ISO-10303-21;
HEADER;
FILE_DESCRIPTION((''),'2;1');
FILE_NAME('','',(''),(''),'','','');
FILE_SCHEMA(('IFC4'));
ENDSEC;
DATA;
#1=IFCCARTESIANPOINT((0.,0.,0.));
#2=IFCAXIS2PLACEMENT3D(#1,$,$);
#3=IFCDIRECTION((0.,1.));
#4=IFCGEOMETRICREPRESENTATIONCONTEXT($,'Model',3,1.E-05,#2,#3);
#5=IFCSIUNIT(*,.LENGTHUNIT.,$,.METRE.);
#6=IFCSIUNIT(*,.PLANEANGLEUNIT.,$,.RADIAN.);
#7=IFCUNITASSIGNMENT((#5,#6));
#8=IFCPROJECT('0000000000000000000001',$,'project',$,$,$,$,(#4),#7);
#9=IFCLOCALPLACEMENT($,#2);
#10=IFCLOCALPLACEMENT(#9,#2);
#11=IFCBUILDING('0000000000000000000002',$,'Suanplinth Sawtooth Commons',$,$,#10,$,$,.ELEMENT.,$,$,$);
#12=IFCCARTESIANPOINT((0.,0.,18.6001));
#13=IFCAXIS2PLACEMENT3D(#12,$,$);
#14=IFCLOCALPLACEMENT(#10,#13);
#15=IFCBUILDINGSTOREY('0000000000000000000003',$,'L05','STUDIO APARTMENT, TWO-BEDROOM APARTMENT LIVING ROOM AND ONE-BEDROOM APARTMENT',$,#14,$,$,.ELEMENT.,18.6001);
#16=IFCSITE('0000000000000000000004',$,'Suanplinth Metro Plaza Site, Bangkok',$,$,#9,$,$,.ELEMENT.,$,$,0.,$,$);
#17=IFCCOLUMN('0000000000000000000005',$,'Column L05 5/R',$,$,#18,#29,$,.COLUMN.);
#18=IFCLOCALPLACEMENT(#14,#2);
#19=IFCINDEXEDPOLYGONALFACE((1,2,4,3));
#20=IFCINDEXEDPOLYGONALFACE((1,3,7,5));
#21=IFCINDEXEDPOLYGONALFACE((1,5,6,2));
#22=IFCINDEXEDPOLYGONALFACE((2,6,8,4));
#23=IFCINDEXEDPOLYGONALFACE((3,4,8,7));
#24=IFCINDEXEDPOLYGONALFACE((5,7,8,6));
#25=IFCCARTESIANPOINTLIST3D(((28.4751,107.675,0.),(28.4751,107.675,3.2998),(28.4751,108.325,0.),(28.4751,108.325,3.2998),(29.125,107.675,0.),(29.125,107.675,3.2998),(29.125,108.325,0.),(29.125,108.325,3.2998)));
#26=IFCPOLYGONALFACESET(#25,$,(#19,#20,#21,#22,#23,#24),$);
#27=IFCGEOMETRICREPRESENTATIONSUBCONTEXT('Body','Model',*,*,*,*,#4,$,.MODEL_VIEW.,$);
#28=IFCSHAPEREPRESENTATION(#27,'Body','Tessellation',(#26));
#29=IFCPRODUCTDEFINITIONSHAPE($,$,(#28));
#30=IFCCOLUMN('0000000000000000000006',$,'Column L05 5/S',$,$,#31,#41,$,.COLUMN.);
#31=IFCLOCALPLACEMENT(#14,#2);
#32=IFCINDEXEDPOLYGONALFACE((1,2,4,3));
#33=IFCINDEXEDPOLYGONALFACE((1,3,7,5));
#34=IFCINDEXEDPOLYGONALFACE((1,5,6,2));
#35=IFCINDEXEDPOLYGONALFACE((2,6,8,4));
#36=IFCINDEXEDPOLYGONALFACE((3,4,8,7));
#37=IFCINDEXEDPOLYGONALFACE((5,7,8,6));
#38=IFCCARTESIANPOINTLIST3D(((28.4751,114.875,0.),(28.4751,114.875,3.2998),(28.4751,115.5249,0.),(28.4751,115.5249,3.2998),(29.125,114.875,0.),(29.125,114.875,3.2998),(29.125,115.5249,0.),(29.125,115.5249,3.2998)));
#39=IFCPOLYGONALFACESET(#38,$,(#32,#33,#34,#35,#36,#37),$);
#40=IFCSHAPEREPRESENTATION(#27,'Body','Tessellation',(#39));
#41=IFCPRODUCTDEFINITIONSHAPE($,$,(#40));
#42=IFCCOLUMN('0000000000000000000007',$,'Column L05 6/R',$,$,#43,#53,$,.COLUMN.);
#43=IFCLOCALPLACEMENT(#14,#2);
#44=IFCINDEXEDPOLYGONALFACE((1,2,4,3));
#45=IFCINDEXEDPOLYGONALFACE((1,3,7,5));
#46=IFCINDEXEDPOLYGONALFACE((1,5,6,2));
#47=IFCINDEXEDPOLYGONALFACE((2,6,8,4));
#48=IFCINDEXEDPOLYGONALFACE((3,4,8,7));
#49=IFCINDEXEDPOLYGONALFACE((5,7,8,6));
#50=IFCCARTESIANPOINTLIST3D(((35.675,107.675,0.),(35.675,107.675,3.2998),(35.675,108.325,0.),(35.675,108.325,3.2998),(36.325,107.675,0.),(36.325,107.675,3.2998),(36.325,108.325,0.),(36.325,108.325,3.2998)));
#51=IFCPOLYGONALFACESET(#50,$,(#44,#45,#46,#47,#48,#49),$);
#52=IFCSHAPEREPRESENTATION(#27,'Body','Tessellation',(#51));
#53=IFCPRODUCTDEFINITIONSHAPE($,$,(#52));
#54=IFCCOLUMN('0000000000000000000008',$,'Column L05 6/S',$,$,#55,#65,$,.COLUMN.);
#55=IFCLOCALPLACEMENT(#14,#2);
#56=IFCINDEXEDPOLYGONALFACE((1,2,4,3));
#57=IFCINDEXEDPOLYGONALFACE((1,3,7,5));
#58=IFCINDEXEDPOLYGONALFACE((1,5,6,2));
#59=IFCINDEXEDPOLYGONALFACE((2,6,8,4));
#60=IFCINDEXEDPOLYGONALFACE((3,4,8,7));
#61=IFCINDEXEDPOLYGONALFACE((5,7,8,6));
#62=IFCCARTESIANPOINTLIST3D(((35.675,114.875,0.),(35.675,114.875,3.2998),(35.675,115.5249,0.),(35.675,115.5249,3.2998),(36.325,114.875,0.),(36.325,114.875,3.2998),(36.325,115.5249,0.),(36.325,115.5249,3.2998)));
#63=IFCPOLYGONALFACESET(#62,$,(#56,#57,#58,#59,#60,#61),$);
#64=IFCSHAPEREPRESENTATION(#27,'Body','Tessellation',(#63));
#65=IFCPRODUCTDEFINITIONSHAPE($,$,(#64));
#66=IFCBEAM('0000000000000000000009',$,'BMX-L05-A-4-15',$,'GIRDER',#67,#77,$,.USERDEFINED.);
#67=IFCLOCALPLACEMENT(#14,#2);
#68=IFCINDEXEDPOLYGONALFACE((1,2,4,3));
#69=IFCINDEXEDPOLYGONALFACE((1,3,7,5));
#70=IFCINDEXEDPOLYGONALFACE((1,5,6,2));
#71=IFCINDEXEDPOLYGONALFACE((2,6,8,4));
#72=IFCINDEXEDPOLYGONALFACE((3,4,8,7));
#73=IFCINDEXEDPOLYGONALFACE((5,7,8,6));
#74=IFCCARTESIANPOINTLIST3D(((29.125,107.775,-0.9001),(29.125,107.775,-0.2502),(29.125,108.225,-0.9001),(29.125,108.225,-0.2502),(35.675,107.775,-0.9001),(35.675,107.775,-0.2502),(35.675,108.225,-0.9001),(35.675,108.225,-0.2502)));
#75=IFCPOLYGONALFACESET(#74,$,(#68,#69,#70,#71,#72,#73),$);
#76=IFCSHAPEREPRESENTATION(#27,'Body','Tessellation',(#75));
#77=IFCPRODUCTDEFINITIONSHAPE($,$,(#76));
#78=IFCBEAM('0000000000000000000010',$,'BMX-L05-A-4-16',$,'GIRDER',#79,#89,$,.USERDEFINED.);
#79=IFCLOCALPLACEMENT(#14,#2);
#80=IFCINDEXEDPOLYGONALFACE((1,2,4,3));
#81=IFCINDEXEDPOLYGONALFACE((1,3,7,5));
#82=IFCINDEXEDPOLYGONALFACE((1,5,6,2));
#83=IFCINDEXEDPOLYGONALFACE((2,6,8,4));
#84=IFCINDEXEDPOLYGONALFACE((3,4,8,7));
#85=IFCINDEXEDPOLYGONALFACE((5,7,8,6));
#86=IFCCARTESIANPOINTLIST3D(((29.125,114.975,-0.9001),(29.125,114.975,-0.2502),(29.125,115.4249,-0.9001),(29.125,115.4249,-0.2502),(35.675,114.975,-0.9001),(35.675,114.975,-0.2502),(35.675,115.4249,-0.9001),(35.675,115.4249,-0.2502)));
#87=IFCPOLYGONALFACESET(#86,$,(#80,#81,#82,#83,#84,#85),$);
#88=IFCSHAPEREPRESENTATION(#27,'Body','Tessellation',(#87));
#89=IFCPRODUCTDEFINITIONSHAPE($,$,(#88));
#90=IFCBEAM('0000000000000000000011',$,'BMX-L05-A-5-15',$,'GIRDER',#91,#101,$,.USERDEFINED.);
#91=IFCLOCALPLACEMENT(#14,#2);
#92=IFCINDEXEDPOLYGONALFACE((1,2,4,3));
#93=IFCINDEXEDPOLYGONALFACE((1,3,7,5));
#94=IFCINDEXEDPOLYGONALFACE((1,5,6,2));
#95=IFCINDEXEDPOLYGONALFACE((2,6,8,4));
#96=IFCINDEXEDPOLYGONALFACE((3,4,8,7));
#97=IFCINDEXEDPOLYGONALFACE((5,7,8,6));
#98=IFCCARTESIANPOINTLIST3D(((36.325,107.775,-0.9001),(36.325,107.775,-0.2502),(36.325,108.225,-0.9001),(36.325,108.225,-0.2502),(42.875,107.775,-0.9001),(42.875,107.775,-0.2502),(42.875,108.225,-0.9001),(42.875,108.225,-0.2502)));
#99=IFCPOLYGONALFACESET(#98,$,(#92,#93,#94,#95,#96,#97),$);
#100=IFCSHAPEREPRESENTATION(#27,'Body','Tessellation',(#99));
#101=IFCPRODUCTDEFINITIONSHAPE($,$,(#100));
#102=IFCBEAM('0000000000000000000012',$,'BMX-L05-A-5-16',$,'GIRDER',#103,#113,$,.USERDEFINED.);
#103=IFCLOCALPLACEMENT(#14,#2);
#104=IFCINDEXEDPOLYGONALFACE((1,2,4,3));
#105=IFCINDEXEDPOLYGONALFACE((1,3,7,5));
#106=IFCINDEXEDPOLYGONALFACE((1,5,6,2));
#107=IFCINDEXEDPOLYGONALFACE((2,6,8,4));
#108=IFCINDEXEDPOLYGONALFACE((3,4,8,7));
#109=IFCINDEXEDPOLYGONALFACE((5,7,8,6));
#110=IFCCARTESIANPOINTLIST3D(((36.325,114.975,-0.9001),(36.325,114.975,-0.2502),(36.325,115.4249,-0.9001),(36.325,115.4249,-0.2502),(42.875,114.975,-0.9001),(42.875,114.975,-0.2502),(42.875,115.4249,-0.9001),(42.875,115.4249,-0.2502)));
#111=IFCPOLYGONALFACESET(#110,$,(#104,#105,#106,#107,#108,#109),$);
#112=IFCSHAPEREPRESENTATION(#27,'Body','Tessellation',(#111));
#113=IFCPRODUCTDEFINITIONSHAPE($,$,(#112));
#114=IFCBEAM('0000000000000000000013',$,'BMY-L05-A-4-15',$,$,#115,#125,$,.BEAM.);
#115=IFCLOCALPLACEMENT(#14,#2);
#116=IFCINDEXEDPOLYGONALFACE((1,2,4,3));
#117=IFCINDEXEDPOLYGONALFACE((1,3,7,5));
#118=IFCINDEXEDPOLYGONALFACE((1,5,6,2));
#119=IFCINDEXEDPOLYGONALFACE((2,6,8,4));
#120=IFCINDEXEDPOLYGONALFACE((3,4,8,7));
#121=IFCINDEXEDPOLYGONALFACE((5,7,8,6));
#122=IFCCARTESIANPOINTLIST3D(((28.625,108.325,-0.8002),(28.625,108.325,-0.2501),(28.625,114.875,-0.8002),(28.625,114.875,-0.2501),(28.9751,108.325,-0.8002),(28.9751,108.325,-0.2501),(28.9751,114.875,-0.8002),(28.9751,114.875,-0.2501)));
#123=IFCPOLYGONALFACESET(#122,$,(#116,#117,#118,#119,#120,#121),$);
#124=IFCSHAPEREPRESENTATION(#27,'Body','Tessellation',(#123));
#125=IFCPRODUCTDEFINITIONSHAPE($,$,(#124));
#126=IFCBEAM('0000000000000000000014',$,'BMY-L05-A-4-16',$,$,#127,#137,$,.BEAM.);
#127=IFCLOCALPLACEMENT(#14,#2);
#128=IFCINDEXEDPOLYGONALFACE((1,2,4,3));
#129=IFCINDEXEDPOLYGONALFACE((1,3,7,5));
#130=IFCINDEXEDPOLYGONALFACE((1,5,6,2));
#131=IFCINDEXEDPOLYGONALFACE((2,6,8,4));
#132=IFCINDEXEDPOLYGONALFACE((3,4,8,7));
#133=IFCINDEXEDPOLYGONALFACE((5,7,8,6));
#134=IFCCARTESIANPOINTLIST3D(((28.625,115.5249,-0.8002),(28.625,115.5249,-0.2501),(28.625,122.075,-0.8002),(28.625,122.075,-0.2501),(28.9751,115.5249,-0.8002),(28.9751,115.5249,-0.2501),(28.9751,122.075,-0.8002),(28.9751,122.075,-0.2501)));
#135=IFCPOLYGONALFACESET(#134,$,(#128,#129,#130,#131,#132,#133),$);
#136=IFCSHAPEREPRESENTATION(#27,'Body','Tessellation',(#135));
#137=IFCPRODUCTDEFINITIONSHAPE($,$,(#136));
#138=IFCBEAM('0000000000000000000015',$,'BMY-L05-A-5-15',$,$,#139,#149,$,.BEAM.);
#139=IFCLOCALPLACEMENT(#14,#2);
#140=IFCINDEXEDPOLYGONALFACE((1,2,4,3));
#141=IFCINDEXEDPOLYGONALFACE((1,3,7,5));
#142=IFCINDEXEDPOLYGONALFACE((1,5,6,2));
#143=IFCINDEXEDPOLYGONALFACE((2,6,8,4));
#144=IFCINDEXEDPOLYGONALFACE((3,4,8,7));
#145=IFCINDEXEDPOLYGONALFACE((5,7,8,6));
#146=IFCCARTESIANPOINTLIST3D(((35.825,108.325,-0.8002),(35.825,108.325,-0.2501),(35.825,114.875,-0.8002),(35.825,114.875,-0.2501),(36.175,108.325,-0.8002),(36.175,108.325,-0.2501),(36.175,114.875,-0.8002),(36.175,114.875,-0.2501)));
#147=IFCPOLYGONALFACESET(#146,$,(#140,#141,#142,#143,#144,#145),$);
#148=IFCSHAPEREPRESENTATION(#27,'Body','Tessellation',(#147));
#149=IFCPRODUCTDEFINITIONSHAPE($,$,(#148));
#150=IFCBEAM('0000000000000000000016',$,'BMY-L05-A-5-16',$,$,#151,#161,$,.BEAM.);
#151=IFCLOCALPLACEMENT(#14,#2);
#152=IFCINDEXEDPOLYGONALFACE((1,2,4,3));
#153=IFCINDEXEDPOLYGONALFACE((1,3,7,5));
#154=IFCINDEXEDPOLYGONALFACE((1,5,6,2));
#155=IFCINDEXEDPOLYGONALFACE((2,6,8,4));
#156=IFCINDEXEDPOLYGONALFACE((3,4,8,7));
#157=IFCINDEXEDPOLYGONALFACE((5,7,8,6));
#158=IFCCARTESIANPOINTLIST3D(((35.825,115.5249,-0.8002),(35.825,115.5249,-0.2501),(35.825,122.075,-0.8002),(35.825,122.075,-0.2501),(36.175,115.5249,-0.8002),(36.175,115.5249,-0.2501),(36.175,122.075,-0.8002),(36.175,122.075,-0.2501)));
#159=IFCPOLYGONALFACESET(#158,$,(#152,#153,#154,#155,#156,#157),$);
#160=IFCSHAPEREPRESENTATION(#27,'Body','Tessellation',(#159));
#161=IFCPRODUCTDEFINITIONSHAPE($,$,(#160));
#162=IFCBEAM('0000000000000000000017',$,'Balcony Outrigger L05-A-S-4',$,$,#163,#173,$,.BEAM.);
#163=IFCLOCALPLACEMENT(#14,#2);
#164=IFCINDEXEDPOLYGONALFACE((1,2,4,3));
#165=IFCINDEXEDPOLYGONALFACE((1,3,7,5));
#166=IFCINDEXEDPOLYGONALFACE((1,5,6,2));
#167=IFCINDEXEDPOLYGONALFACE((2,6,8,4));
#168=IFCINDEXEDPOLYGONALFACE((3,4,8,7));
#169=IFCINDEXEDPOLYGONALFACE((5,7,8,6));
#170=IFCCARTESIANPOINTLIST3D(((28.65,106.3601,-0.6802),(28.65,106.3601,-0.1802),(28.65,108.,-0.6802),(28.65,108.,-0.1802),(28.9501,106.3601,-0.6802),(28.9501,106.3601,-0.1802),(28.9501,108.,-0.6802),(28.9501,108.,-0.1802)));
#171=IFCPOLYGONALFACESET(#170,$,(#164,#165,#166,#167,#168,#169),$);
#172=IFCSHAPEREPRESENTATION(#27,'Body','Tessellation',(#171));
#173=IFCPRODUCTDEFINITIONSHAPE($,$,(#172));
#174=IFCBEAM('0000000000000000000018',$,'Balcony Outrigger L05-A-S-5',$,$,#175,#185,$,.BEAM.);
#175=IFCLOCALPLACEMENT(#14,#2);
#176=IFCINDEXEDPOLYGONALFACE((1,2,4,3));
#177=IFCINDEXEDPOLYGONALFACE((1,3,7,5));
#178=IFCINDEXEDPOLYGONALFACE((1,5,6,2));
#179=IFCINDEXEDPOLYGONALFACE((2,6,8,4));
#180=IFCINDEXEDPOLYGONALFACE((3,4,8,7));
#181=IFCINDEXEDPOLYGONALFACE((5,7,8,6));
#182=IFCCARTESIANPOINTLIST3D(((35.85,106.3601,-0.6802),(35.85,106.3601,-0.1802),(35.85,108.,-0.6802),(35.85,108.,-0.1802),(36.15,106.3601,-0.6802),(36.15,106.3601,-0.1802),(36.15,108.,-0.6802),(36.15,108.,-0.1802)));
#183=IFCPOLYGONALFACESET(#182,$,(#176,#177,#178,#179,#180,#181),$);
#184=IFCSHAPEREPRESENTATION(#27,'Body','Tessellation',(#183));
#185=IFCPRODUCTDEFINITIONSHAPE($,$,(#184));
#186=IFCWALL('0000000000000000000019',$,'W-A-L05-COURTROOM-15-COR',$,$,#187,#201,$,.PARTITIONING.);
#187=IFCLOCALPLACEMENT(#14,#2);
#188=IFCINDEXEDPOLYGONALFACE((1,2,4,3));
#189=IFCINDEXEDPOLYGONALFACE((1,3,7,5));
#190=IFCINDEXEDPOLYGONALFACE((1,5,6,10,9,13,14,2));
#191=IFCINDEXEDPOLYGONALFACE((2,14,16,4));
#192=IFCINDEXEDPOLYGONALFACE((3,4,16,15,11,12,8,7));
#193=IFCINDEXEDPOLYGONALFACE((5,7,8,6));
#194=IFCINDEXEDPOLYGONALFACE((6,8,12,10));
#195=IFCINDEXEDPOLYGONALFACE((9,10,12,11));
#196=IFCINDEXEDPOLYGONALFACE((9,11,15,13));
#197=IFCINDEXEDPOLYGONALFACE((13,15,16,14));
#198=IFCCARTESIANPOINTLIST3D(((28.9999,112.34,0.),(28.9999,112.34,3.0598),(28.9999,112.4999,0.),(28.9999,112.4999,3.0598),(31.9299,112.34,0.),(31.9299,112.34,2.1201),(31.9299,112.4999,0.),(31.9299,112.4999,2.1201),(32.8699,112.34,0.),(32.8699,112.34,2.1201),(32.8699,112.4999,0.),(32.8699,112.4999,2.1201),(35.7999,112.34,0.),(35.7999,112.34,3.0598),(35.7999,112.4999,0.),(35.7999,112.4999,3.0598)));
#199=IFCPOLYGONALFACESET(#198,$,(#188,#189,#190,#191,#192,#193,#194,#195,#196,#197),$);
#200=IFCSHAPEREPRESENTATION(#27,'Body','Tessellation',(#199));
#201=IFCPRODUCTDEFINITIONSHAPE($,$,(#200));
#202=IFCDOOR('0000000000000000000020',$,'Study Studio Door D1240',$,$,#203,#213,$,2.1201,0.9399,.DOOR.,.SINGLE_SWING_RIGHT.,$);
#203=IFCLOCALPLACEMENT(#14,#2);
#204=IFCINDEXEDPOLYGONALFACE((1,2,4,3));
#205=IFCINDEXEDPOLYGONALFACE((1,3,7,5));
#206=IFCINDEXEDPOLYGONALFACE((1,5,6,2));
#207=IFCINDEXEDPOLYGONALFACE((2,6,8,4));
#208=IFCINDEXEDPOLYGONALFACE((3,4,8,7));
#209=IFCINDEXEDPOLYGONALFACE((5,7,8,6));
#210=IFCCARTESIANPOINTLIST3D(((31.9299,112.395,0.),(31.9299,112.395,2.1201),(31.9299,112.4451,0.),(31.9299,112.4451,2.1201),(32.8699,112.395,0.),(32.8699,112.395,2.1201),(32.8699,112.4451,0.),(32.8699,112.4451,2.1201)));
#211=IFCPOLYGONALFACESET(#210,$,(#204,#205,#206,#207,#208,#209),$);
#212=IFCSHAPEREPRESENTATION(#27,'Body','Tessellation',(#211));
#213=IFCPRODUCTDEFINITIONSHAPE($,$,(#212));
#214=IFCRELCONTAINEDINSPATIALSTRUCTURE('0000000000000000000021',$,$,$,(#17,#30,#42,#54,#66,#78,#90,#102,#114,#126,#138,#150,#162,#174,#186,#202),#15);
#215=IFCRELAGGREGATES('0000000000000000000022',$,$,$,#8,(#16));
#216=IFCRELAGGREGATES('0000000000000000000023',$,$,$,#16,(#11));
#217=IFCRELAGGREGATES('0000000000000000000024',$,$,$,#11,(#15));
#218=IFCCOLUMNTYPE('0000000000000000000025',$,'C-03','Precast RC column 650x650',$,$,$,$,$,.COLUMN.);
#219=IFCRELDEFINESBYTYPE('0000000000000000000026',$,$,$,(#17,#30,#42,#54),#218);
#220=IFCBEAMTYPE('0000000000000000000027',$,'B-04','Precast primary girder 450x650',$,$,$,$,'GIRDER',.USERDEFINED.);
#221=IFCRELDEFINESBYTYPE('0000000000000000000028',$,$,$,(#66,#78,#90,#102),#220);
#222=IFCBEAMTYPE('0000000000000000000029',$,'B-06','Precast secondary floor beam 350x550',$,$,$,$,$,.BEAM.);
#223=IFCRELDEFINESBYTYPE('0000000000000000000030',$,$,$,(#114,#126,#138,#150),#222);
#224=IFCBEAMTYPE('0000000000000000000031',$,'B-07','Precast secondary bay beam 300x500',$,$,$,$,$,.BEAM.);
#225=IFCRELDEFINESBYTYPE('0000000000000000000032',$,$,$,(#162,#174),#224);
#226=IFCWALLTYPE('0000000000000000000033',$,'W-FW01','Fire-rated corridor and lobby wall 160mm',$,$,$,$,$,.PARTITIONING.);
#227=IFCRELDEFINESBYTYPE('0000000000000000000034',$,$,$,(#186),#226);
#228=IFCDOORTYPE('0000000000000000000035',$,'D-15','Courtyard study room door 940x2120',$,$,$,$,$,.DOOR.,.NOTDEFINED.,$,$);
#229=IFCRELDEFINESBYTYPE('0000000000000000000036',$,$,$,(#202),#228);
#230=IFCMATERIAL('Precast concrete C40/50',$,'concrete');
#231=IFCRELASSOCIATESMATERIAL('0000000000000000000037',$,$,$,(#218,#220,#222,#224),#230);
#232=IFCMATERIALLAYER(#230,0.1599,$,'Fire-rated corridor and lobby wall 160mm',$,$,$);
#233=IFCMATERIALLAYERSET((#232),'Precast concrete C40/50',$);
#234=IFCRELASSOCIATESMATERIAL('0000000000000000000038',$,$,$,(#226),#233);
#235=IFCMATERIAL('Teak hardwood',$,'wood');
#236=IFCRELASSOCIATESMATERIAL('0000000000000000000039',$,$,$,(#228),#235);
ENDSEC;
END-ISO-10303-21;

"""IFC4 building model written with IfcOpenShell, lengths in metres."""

from ifc_helpers import new_model, si_unit, direction, frame, frame_2d, origin, origin_2d, place, context, subcontext, project, spatial, rectangle, extrude, material, layer, layer_set, material_profile, profile_set, type_object, element, fill, save


model = new_model("IFC4")

# Units and contexts
model_context = context("Model", 3, precision=1e-05, world=origin(), true_north=direction((0.0, 1.0)))
body_context = subcontext(model_context, "Body", "Model", "MODEL_VIEW")
ifc_project = project(units=[si_unit("LENGTHUNIT", "METRE"), si_unit("PLANEANGLEUNIT", "RADIAN")], contexts=[model_context])

# Site, building, storey
site_placement = place(None, origin())
site = spatial("IfcSite", under=ifc_project, at=site_placement, Name="Suanplinth Metro Plaza Site, Bangkok", CompositionType="ELEMENT", RefElevation=0.0)
building_placement = place(site_placement, origin())
building = spatial("IfcBuilding", under=site, at=building_placement, Name="Suanplinth Sawtooth Commons", CompositionType="ELEMENT")
storey_placement = place(building_placement, frame((0.0, 0.0, 18.6001)))
storey = spatial("IfcBuildingStorey", under=building, at=storey_placement, Name="L05", Description="STUDIO APARTMENT, TWO-BEDROOM APARTMENT LIVING ROOM AND ONE-BEDROOM APARTMENT", CompositionType="ELEMENT", Elevation=18.6001)

# Columns
ifc_material_1 = material(Name="Precast concrete C40/50", Category="concrete")
ifc_material_profile_1 = material_profile(ifc_material_1, rectangle(XDim=0.6499, YDim=0.6499, at=origin_2d()), Name="PC-COL 650x650")
ifc_profile_set_1 = profile_set([ifc_material_profile_1], Name="Precast concrete C40/50")
column_type = type_object("IfcColumnType", Name="C-03", Description="Precast RC column 650x650", PredefinedType="COLUMN", material=ifc_profile_set_1)
for number, where, z_axis, x_axis, name in (
    (1, (28.8, 108.0, 0.0), (0.0, 0.0, 1.0), (1.0, 0.0, 0.0), "Column L05 5/R"),
    (2, (28.8, 115.2, 0.0), (0.0, 0.0, 1.0), (1.0, 0.0, 0.0), "Column L05 5/S"),
    (3, (36.0, 108.0, 0.0), (0.0, 0.0, 1.0), (1.0, 0.0, 0.0), "Column L05 6/R"),
    (4, (36.0, 115.2, 0.0), (0.0, 0.0, 1.0), (1.0, 0.0, 0.0), "Column L05 6/S"),
):
    element("IfcColumn", number, at=place(storey_placement, frame(where, z_axis=z_axis, x_axis=x_axis)), inside=storey, type_object=column_type, Name=name, PredefinedType="COLUMN", context=body_context, shape_type="SweptSolid", body=[
        extrude(rectangle(XDim=0.6499, YDim=0.6499, at=origin_2d()), origin(), (0.0, 0.0, 1.0), 3.2998),
    ])

# Beams
ifc_material_profile_2 = material_profile(ifc_material_1, rectangle(XDim=0.45, YDim=0.6499, at=origin_2d()), Name="PC-GDR 450x650")
ifc_profile_set_2 = profile_set([ifc_material_profile_2], Name="Precast concrete C40/50")
beam_type_1 = type_object("IfcBeamType", Name="B-04", Description="Precast primary girder 450x650", ElementType="GIRDER", PredefinedType="USERDEFINED", material=ifc_profile_set_2)
for number, where, z_axis, x_axis, name in (
    (5, (29.125, 108.0, -0.5752), (1.0, 0.0, 0.0), (0.0, 1.0, 0.0), "BMX-L05-A-4-15"),
    (6, (29.125, 115.2, -0.5752), (1.0, 0.0, 0.0), (0.0, 1.0, 0.0), "BMX-L05-A-4-16"),
    (7, (36.325, 108.0, -0.5752), (1.0, 0.0, 0.0), (0.0, 1.0, 0.0), "BMX-L05-A-5-15"),
    (8, (36.325, 115.2, -0.5752), (1.0, 0.0, 0.0), (0.0, 1.0, 0.0), "BMX-L05-A-5-16"),
):
    element("IfcBeam", number, at=place(storey_placement, frame(where, z_axis=z_axis, x_axis=x_axis)), inside=storey, type_object=beam_type_1, Name=name, ObjectType="GIRDER", PredefinedType="USERDEFINED", context=body_context, shape_type="SweptSolid", body=[
        extrude(rectangle(XDim=0.45, YDim=0.6499, at=origin_2d()), origin(), (0.0, 0.0, 1.0), 6.55),
    ])
ifc_material_profile_3 = material_profile(ifc_material_1, rectangle(XDim=0.3501, YDim=0.55, at=origin_2d()), Name="PC-BM 350x550")
ifc_profile_set_3 = profile_set([ifc_material_profile_3], Name="Precast concrete C40/50")
beam_type_2 = type_object("IfcBeamType", Name="B-06", Description="Precast secondary floor beam 350x550", PredefinedType="BEAM", material=ifc_profile_set_3)
for number, where, z_axis, x_axis, name in (
    (9, (28.8, 108.325, -0.5251), (0.0, 1.0, 0.0), (-1.0, 0.0, 0.0), "BMY-L05-A-4-15"),
    (10, (28.8, 115.5249, -0.5251), (0.0, 1.0, 0.0), (-1.0, 0.0, 0.0), "BMY-L05-A-4-16"),
    (11, (36.0, 108.325, -0.5251), (0.0, 1.0, 0.0), (-1.0, 0.0, 0.0), "BMY-L05-A-5-15"),
    (12, (36.0, 115.5249, -0.5251), (0.0, 1.0, 0.0), (-1.0, 0.0, 0.0), "BMY-L05-A-5-16"),
):
    element("IfcBeam", number, at=place(storey_placement, frame(where, z_axis=z_axis, x_axis=x_axis)), inside=storey, type_object=beam_type_2, Name=name, PredefinedType="BEAM", context=body_context, shape_type="SweptSolid", body=[
        extrude(rectangle(XDim=0.3501, YDim=0.55, at=origin_2d()), origin(), (0.0, 0.0, 1.0), 6.55),
    ])
ifc_material_profile_4 = material_profile(ifc_material_1, rectangle(XDim=0.3, YDim=0.5, at=origin_2d()), Name="PC-BM 300x500")
ifc_profile_set_4 = profile_set([ifc_material_profile_4], Name="Precast concrete C40/50")
beam_type_3 = type_object("IfcBeamType", Name="B-07", Description="Precast secondary bay beam 300x500", PredefinedType="BEAM", material=ifc_profile_set_4)
for number, where, z_axis, x_axis, name in (
    (13, (28.8, 108.0, -0.4302), (0.0, -1.0, 0.0), (1.0, 0.0, 0.0), "Balcony Outrigger L05-A-S-4"),
    (14, (36.0, 108.0, -0.4302), (0.0, -1.0, 0.0), (1.0, 0.0, 0.0), "Balcony Outrigger L05-A-S-5"),
):
    element("IfcBeam", number, at=place(storey_placement, frame(where, z_axis=z_axis, x_axis=x_axis)), inside=storey, type_object=beam_type_3, Name=name, PredefinedType="BEAM", context=body_context, shape_type="SweptSolid", body=[
        extrude(rectangle(XDim=0.3, YDim=0.5, at=origin_2d()), origin(), (0.0, 0.0, 1.0), 1.6399),
    ])

# Wall, opening, door
ifc_layer_1 = layer(ifc_material_1, 0.1599, Name="Fire-rated corridor and lobby wall 160mm")
ifc_layer_set_1 = layer_set([ifc_layer_1], Name="Precast concrete C40/50")
wall_type_1 = type_object("IfcWallType", Name="W-FW01", Description="Fire-rated corridor and lobby wall 160mm", PredefinedType="PARTITIONING", material=ifc_layer_set_1)
wall_1_placement = place(storey_placement, frame((29.0, 112.4199, 0.0), z_axis=(0.0, 0.0, 1.0), x_axis=(1.0, 0.0, 0.0)))
wall_1 = element("IfcWall", 15, at=wall_1_placement, inside=storey, type_object=wall_type_1, Name="W-A-L05-COURTROOM-15-COR", PredefinedType="PARTITIONING", context=body_context, shape_type="SweptSolid", body=[
    extrude(rectangle(XDim=6.8, YDim=0.1599, at=frame_2d((3.3999, 0.0))), origin(), (0.0, 0.0, 1.0), 3.0598),
])
opening_1_placement = place(wall_1_placement, frame((2.9299, 0.0, 0.0)))
opening_1 = element("IfcOpeningElement", 16, at=opening_1_placement, cuts=wall_1, PredefinedType="OPENING", context=body_context, shape_type="SweptSolid", body=[
    extrude(rectangle(XDim=0.9399, YDim=2.1201, at=frame_2d((0.47, 1.0601))), frame((0.0, 0.0947, 0.0), z_axis=(0.0, -1.0, 0.0), x_axis=(1.0, 0.0, 0.0)), (0.0, 0.0, 1.0), 0.1897),
])
ifc_material_2 = material(Name="Teak hardwood", Category="wood")
door_type_1 = type_object("IfcDoorType", Name="D-15", Description="Courtyard study room door 940x2120", OperationType="NOTDEFINED", PredefinedType="DOOR", material=ifc_material_2)
door_1_placement = place(opening_1_placement, frame((0.9399, 0.0, 0.0), z_axis=(0.0, 0.0, 1.0), x_axis=(-1.0, 0.0, 0.0)))
door_1 = element("IfcDoor", 17, at=door_1_placement, inside=storey, type_object=door_type_1, Name="Study Studio Door D1240", OperationType="SINGLE_SWING_RIGHT", OverallHeight=2.1201, OverallWidth=0.9399, PredefinedType="DOOR", context=body_context, shape_type="SweptSolid", body=[
    extrude(rectangle(XDim=0.9399, YDim=2.1201, at=frame_2d((0.47, 1.0601))), frame((0.0, 0.0249, 0.0), z_axis=(0.0, -1.0, 0.0), x_axis=(1.0, 0.0, 0.0)), (0.0, 0.0, 1.0), 0.05),
])
fill(opening_1, door_1)

save(model, "model.ifc")
